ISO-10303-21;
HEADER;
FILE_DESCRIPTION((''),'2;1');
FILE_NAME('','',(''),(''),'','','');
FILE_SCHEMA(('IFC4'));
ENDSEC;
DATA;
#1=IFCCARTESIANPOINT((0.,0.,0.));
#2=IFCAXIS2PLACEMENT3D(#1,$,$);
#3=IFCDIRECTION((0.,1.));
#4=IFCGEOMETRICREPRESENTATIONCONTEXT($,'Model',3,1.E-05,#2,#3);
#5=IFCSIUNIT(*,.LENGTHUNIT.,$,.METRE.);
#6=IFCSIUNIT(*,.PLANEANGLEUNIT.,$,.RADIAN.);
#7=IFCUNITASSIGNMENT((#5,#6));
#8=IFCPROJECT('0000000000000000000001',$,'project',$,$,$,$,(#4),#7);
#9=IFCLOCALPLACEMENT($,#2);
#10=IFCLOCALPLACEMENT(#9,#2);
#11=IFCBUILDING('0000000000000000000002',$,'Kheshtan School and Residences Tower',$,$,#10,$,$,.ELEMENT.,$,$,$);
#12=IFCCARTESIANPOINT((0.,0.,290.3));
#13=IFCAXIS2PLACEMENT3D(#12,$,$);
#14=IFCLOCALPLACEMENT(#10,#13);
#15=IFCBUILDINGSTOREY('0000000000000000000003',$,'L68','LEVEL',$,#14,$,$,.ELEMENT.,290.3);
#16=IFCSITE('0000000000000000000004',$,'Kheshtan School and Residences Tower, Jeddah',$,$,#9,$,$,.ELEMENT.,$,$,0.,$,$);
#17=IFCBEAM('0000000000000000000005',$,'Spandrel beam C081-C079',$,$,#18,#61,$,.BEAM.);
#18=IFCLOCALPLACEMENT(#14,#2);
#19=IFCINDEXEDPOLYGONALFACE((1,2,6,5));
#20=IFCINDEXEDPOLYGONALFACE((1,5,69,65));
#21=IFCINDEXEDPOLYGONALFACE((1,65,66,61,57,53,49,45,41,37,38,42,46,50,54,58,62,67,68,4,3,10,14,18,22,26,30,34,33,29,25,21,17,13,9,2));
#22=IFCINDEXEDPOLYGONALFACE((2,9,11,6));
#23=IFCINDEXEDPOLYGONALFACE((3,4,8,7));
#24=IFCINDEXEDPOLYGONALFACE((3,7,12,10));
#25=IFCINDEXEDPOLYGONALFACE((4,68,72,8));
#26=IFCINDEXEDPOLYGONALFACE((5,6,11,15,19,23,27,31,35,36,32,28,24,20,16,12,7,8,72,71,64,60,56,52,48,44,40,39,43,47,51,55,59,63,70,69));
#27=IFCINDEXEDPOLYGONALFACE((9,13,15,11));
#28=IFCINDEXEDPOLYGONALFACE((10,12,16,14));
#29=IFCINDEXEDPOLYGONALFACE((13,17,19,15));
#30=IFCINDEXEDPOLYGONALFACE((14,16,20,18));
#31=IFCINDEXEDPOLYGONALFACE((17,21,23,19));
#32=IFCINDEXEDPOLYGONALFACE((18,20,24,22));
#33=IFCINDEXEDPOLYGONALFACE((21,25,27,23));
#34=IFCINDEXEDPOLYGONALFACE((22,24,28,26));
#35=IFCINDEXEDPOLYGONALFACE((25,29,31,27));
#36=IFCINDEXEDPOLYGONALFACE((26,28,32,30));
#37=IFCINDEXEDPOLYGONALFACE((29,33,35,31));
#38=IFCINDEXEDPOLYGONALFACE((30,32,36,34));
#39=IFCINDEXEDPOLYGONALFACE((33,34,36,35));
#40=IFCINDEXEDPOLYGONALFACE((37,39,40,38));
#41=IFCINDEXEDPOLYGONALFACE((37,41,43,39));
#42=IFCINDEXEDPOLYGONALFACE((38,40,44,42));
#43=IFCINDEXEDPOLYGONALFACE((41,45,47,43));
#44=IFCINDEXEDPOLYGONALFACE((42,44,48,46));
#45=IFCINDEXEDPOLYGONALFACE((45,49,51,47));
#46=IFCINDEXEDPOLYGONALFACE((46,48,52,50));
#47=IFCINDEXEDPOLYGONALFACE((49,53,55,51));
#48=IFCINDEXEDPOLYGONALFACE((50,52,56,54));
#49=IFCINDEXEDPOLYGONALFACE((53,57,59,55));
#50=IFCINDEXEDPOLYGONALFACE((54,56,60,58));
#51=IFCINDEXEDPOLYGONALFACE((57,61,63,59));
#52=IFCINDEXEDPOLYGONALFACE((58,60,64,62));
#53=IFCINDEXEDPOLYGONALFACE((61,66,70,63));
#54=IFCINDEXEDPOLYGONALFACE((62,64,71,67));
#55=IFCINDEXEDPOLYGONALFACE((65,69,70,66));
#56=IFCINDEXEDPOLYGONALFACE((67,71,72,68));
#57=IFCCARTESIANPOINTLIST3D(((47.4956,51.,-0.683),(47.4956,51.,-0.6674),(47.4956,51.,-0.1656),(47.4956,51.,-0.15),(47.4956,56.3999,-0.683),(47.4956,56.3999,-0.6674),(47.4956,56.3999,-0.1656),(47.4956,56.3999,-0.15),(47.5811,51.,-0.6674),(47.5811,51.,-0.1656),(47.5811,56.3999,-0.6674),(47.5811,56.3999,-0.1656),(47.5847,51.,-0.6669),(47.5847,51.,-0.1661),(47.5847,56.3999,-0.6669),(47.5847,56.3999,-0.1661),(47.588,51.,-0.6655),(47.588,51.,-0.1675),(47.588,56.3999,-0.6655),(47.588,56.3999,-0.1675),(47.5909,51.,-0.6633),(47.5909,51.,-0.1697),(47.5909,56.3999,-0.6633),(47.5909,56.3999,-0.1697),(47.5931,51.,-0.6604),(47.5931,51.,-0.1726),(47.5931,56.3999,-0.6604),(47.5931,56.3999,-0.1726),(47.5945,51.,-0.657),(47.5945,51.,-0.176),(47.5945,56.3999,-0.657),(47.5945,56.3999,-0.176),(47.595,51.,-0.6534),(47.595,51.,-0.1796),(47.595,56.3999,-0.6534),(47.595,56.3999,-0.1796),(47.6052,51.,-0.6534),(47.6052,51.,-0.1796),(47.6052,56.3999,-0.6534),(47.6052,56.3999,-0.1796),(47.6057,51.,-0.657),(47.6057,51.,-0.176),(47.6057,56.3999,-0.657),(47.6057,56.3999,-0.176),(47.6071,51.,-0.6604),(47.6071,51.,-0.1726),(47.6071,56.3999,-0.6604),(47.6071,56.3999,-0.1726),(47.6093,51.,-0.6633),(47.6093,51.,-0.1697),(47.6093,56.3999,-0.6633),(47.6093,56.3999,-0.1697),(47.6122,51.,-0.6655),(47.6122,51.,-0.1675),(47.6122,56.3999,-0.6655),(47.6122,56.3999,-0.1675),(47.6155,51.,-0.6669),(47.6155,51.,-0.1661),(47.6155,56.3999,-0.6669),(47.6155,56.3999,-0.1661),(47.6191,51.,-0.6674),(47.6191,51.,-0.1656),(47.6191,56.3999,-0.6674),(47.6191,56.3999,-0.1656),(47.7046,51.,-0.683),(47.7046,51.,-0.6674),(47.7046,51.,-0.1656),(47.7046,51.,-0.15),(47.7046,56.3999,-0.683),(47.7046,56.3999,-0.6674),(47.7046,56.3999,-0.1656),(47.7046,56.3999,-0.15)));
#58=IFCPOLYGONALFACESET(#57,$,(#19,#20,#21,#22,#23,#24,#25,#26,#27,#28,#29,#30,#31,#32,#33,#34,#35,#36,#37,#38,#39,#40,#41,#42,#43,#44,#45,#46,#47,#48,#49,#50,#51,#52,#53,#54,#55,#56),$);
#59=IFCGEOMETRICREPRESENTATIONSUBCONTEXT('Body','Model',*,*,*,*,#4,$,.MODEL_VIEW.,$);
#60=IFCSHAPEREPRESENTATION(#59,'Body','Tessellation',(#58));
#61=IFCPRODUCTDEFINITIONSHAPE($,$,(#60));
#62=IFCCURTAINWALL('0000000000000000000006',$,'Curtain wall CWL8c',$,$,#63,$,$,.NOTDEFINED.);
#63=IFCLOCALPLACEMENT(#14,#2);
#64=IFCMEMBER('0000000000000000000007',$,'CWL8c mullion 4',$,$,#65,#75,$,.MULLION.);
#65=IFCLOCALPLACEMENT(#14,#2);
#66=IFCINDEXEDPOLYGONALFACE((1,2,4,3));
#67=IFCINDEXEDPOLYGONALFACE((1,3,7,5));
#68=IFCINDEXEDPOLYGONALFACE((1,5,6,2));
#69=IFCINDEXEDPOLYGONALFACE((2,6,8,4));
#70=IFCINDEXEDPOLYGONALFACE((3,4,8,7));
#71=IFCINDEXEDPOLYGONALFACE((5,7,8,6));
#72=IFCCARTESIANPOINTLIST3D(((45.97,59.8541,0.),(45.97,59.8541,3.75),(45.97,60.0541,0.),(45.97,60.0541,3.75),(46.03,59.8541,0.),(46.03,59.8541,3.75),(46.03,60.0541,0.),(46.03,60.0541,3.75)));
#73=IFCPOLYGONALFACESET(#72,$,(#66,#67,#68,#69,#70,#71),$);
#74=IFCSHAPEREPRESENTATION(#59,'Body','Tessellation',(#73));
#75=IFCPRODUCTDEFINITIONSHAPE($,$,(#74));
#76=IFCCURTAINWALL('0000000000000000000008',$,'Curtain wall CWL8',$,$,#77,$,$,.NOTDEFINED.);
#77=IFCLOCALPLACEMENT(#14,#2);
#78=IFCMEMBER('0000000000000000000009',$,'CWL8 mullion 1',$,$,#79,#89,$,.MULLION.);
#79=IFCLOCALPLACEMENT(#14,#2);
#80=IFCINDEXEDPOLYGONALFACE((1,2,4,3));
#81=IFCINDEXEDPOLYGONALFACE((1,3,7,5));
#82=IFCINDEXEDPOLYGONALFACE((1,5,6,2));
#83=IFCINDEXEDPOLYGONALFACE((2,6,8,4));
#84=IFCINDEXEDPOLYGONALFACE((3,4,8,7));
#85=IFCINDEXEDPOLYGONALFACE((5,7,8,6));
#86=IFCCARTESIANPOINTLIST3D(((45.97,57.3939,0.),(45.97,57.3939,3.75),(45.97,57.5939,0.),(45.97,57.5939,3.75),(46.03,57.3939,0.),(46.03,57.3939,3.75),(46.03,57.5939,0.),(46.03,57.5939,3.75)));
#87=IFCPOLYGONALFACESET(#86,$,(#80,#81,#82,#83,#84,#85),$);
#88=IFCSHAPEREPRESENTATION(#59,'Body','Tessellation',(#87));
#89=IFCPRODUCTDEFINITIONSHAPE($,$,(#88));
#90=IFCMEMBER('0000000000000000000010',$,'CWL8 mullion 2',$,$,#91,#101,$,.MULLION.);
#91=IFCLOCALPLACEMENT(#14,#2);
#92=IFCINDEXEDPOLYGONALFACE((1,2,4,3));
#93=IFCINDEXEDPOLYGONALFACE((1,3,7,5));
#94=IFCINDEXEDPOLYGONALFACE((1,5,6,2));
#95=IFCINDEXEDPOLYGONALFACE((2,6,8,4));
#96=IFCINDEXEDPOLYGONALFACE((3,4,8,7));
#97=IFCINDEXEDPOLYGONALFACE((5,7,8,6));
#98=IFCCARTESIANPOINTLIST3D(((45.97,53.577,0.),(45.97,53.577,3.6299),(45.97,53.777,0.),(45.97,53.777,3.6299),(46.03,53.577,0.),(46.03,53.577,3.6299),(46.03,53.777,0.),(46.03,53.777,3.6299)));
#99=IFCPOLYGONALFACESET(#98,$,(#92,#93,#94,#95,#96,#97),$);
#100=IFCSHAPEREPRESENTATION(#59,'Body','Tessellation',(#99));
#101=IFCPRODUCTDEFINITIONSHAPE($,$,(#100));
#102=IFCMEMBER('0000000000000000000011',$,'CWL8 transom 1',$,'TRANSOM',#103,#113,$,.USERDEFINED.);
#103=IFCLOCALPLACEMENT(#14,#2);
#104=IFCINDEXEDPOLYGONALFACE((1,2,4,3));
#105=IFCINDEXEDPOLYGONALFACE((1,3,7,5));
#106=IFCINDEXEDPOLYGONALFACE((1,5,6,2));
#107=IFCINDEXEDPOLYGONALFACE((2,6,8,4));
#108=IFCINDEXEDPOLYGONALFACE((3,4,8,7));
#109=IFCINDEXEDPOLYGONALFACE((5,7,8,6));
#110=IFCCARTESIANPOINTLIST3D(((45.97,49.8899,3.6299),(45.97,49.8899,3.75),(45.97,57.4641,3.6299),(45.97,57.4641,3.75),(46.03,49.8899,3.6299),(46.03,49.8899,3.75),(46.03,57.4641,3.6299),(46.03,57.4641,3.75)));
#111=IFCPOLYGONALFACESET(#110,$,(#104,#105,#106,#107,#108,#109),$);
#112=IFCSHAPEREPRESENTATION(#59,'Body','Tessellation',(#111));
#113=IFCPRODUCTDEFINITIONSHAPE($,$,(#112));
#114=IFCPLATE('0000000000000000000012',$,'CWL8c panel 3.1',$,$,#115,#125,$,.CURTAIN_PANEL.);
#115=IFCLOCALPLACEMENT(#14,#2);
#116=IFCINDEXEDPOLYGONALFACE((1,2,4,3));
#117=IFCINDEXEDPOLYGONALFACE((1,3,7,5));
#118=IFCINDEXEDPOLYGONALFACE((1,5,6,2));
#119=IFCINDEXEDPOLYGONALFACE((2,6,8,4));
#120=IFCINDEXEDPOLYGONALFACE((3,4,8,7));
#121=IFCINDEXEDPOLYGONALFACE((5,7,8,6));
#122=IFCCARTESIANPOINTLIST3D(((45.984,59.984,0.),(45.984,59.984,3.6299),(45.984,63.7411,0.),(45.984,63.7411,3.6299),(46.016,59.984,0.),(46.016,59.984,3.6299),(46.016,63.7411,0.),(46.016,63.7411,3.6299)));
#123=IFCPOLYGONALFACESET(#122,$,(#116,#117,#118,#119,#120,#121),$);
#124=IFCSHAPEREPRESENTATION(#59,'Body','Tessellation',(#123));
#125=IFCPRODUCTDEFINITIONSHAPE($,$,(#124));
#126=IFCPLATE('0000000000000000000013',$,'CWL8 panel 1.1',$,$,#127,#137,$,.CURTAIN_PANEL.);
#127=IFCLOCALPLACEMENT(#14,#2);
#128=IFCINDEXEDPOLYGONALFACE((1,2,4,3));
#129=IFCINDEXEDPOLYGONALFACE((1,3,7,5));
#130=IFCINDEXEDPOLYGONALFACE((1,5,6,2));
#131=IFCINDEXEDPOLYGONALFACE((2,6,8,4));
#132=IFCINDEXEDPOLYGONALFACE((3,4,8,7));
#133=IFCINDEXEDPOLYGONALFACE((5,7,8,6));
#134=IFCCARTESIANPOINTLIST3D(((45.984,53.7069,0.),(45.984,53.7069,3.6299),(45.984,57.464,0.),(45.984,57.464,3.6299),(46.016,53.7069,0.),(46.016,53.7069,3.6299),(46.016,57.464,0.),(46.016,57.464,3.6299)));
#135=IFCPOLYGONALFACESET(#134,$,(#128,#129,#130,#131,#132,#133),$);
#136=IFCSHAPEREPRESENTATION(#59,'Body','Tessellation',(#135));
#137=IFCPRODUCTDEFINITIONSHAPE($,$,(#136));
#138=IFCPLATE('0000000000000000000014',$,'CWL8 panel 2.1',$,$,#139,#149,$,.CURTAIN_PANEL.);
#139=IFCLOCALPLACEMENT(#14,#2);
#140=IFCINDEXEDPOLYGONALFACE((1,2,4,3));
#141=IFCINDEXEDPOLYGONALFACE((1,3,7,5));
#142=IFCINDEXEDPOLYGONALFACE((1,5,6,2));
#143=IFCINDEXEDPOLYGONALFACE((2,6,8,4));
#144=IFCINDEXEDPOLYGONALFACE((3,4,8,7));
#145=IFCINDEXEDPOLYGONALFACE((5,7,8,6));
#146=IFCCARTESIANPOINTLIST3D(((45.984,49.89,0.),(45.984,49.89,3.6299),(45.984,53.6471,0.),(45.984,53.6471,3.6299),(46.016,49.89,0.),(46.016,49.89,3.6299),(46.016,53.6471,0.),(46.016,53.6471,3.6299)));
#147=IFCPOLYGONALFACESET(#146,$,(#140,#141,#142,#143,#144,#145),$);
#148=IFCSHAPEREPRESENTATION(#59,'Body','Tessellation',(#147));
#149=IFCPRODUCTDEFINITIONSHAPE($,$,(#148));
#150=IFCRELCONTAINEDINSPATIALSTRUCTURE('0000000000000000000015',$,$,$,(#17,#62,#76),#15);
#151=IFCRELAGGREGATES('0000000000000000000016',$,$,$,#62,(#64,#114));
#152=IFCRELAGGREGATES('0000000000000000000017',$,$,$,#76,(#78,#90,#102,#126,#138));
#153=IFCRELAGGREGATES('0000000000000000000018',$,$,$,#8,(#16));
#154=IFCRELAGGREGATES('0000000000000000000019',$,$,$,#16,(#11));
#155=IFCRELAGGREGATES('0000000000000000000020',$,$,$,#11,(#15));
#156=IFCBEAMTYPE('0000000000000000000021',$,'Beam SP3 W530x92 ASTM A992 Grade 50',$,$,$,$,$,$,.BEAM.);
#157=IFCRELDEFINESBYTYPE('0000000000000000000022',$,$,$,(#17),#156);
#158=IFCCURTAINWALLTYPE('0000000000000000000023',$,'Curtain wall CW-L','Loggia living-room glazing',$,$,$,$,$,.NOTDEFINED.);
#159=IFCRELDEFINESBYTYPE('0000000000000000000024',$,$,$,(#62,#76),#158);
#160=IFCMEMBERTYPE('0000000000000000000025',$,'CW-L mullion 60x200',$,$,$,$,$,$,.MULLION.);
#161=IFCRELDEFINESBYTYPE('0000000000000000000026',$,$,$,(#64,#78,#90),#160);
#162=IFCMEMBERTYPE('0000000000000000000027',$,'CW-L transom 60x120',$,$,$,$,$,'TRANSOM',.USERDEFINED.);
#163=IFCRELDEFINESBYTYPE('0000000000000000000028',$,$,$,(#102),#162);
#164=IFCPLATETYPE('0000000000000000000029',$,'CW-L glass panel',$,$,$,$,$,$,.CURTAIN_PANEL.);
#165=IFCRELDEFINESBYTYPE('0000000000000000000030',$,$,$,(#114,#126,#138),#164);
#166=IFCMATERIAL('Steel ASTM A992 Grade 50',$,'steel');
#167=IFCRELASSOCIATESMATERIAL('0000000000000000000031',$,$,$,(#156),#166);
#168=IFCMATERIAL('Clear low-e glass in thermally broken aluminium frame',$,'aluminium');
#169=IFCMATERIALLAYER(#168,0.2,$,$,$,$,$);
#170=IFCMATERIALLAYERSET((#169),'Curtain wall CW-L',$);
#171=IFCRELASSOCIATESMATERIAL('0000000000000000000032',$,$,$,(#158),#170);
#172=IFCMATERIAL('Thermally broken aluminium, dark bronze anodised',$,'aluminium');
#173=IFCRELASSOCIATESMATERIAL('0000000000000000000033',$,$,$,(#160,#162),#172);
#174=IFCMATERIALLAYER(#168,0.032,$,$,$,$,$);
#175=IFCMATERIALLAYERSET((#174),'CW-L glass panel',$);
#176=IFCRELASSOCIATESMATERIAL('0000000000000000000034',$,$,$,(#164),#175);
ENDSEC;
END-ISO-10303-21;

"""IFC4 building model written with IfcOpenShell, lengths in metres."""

from ifc_helpers import new_model, si_unit, direction, frame, origin, origin_2d, place, context, subcontext, project, spatial, rectangle, i_section, extrude, material, layer, layer_set, material_profile, profile_set, type_object, element, aggregate, save


model = new_model("IFC4")

# Units and contexts
model_context = context("Model", 3, precision=1e-05, world=origin(), true_north=direction((0.0, 1.0)))
body_context = subcontext(model_context, "Body", "Model", "MODEL_VIEW")
ifc_project = project(units=[si_unit("LENGTHUNIT", "METRE"), si_unit("PLANEANGLEUNIT", "RADIAN")], contexts=[model_context])

# Site, building, storey
site_placement = place(None, origin())
site = spatial("IfcSite", under=ifc_project, at=site_placement, Name="Kheshtan School and Residences Tower, Jeddah", CompositionType="ELEMENT", RefElevation=0.0)
building_placement = place(site_placement, origin())
building = spatial("IfcBuilding", under=site, at=building_placement, Name="Kheshtan School and Residences Tower", CompositionType="ELEMENT")
storey_placement = place(building_placement, frame((0.0, 0.0, 290.3)))
storey = spatial("IfcBuildingStorey", under=building, at=storey_placement, Name="L68", Description="LEVEL", CompositionType="ELEMENT", Elevation=290.3)

# Shared definitions
ifc_material_1 = material(Name="Steel ASTM A992 Grade 50", Category="steel")

# Beam
ifc_material_profile_1 = material_profile(ifc_material_1, i_section(OverallWidth=0.209, OverallDepth=0.533, WebThickness=0.0103, FlangeThickness=0.0156, FilletRadius=0.0139, at=origin_2d()), Name="W530x92")
ifc_profile_set_1 = profile_set([ifc_material_profile_1], Name="Steel ASTM A992 Grade 50")
beam_type_1 = type_object("IfcBeamType", Name="Beam SP3 W530x92 ASTM A992 Grade 50", PredefinedType="BEAM", material=ifc_profile_set_1)
beam_1_placement = place(storey_placement, frame((47.6001, 56.3999, -0.4165), z_axis=(0.0, -1.0, 0.0), x_axis=(1.0, 0.0, 0.0)))
element("IfcBeam", 1, at=beam_1_placement, inside=storey, type_object=beam_type_1, Name="Spandrel beam C081-C079", PredefinedType="BEAM", context=body_context, shape_type="SweptSolid", body=[
    extrude(i_section(OverallWidth=0.209, OverallDepth=0.533, WebThickness=0.0103, FlangeThickness=0.0156, FilletRadius=0.0139, at=origin_2d()), origin(), (0.0, 0.0, 1.0), 5.3999),
])

# Curtain wall, member
ifc_material_2 = material(Name="Clear low-e glass in thermally broken aluminium frame", Category="aluminium")
ifc_layer_1 = layer(ifc_material_2, 0.2)
ifc_layer_set_1 = layer_set([ifc_layer_1], Name="Curtain wall CW-L")
curtain_wall_type = type_object("IfcCurtainWallType", Name="Curtain wall CW-L", Description="Loggia living-room glazing", PredefinedType="NOTDEFINED", material=ifc_layer_set_1)
curtain_wall_1_placement = place(storey_placement, origin())
curtain_wall_1 = element("IfcCurtainWall", 2, at=curtain_wall_1_placement, inside=storey, type_object=curtain_wall_type, Name="Curtain wall CWL8c", PredefinedType="NOTDEFINED")
ifc_material_3 = material(Name="Thermally broken aluminium, dark bronze anodised", Category="aluminium")
ifc_material_profile_2 = material_profile(ifc_material_3, rectangle(XDim=0.0601, YDim=0.2, at=origin_2d()), Name="CW-L mullion 60x200")
ifc_profile_set_2 = profile_set([ifc_material_profile_2], Name="Thermally broken aluminium, dark bronze anodised")
member_type_1 = type_object("IfcMemberType", Name="CW-L mullion 60x200", PredefinedType="MULLION", material=ifc_profile_set_2)
member_1_placement = place(storey_placement, frame((46.0, 59.9541, 0.0), z_axis=(0.0, 0.0, 1.0), x_axis=(1.0, 0.0, 0.0)))
member_1 = element("IfcMember", 3, at=member_1_placement, type_object=member_type_1, Name="CWL8c mullion 4", PredefinedType="MULLION", context=body_context, shape_type="SweptSolid", body=[
    extrude(rectangle(XDim=0.0601, YDim=0.2, at=origin_2d()), origin(), (0.0, 0.0, 1.0), 3.75),
])

# Curtain wall, members
curtain_wall_2_placement = place(storey_placement, origin())
curtain_wall_2 = element("IfcCurtainWall", 4, at=curtain_wall_2_placement, inside=storey, type_object=curtain_wall_type, Name="Curtain wall CWL8", PredefinedType="NOTDEFINED")
member_2_placement = place(storey_placement, frame((46.0, 57.4939, 0.0), z_axis=(0.0, 0.0, 1.0), x_axis=(1.0, 0.0, 0.0)))
member_2 = element("IfcMember", 5, at=member_2_placement, type_object=member_type_1, Name="CWL8 mullion 1", PredefinedType="MULLION", context=body_context, shape_type="SweptSolid", body=[
    extrude(rectangle(XDim=0.0601, YDim=0.2, at=origin_2d()), origin(), (0.0, 0.0, 1.0), 3.75),
])
member_3_placement = place(storey_placement, frame((46.0, 53.677, 0.0), z_axis=(0.0, 0.0, 1.0), x_axis=(1.0, 0.0, 0.0)))
member_3 = element("IfcMember", 6, at=member_3_placement, type_object=member_type_1, Name="CWL8 mullion 2", PredefinedType="MULLION", context=body_context, shape_type="SweptSolid", body=[
    extrude(rectangle(XDim=0.0601, YDim=0.2, at=origin_2d()), origin(), (0.0, 0.0, 1.0), 3.6299),
])
ifc_material_profile_3 = material_profile(ifc_material_3, rectangle(XDim=0.0601, YDim=0.1201, at=origin_2d()), Name="CW-L transom 60x120")
ifc_profile_set_3 = profile_set([ifc_material_profile_3], Name="Thermally broken aluminium, dark bronze anodised")
member_type_2 = type_object("IfcMemberType", Name="CW-L transom 60x120", ElementType="TRANSOM", PredefinedType="USERDEFINED", material=ifc_profile_set_3)
member_4_placement = place(storey_placement, frame((46.0, 57.4641, 3.6899), z_axis=(0.0, -1.0, 0.0), x_axis=(1.0, 0.0, 0.0)))
member_4 = element("IfcMember", 7, at=member_4_placement, type_object=member_type_2, Name="CWL8 transom 1", ObjectType="TRANSOM", PredefinedType="USERDEFINED", context=body_context, shape_type="SweptSolid", body=[
    extrude(rectangle(XDim=0.0601, YDim=0.1201, at=origin_2d()), origin(), (0.0, 0.0, 1.0), 7.5742),
])

# Plates
ifc_layer_2 = layer(ifc_material_2, 0.032)
ifc_layer_set_2 = layer_set([ifc_layer_2], Name="CW-L glass panel")
plate_type = type_object("IfcPlateType", Name="CW-L glass panel", PredefinedType="CURTAIN_PANEL", material=ifc_layer_set_2)
plate_1_placement = place(storey_placement, frame((46.0, 61.8625, 0.0), z_axis=(0.0, 0.0, 1.0), x_axis=(0.0, -1.0, 0.0)))
plate_1 = element("IfcPlate", 8, at=plate_1_placement, type_object=plate_type, Name="CWL8c panel 3.1", PredefinedType="CURTAIN_PANEL", context=body_context, shape_type="SweptSolid", body=[
    extrude(rectangle(XDim=3.7571, YDim=0.032, at=origin_2d()), origin(), (0.0, 0.0, 1.0), 3.6299),
])
aggregate(curtain_wall_1, [member_1, plate_1])
plate_2_placement = place(storey_placement, frame((46.0, 55.5854, 0.0), z_axis=(0.0, 0.0, 1.0), x_axis=(0.0, -1.0, 0.0)))
plate_2 = element("IfcPlate", 9, at=plate_2_placement, type_object=plate_type, Name="CWL8 panel 1.1", PredefinedType="CURTAIN_PANEL", context=body_context, shape_type="SweptSolid", body=[
    extrude(rectangle(XDim=3.7571, YDim=0.032, at=origin_2d()), origin(), (0.0, 0.0, 1.0), 3.6299),
])
plate_3_placement = place(storey_placement, frame((46.0, 51.7686, 0.0), z_axis=(0.0, 0.0, 1.0), x_axis=(0.0, -1.0, 0.0)))
plate_3 = element("IfcPlate", 10, at=plate_3_placement, type_object=plate_type, Name="CWL8 panel 2.1", PredefinedType="CURTAIN_PANEL", context=body_context, shape_type="SweptSolid", body=[
    extrude(rectangle(XDim=3.7571, YDim=0.032, at=origin_2d()), origin(), (0.0, 0.0, 1.0), 3.6299),
])
aggregate(curtain_wall_2, [member_2, member_3, member_4, plate_2, plate_3])

save(model, "model.ifc")
